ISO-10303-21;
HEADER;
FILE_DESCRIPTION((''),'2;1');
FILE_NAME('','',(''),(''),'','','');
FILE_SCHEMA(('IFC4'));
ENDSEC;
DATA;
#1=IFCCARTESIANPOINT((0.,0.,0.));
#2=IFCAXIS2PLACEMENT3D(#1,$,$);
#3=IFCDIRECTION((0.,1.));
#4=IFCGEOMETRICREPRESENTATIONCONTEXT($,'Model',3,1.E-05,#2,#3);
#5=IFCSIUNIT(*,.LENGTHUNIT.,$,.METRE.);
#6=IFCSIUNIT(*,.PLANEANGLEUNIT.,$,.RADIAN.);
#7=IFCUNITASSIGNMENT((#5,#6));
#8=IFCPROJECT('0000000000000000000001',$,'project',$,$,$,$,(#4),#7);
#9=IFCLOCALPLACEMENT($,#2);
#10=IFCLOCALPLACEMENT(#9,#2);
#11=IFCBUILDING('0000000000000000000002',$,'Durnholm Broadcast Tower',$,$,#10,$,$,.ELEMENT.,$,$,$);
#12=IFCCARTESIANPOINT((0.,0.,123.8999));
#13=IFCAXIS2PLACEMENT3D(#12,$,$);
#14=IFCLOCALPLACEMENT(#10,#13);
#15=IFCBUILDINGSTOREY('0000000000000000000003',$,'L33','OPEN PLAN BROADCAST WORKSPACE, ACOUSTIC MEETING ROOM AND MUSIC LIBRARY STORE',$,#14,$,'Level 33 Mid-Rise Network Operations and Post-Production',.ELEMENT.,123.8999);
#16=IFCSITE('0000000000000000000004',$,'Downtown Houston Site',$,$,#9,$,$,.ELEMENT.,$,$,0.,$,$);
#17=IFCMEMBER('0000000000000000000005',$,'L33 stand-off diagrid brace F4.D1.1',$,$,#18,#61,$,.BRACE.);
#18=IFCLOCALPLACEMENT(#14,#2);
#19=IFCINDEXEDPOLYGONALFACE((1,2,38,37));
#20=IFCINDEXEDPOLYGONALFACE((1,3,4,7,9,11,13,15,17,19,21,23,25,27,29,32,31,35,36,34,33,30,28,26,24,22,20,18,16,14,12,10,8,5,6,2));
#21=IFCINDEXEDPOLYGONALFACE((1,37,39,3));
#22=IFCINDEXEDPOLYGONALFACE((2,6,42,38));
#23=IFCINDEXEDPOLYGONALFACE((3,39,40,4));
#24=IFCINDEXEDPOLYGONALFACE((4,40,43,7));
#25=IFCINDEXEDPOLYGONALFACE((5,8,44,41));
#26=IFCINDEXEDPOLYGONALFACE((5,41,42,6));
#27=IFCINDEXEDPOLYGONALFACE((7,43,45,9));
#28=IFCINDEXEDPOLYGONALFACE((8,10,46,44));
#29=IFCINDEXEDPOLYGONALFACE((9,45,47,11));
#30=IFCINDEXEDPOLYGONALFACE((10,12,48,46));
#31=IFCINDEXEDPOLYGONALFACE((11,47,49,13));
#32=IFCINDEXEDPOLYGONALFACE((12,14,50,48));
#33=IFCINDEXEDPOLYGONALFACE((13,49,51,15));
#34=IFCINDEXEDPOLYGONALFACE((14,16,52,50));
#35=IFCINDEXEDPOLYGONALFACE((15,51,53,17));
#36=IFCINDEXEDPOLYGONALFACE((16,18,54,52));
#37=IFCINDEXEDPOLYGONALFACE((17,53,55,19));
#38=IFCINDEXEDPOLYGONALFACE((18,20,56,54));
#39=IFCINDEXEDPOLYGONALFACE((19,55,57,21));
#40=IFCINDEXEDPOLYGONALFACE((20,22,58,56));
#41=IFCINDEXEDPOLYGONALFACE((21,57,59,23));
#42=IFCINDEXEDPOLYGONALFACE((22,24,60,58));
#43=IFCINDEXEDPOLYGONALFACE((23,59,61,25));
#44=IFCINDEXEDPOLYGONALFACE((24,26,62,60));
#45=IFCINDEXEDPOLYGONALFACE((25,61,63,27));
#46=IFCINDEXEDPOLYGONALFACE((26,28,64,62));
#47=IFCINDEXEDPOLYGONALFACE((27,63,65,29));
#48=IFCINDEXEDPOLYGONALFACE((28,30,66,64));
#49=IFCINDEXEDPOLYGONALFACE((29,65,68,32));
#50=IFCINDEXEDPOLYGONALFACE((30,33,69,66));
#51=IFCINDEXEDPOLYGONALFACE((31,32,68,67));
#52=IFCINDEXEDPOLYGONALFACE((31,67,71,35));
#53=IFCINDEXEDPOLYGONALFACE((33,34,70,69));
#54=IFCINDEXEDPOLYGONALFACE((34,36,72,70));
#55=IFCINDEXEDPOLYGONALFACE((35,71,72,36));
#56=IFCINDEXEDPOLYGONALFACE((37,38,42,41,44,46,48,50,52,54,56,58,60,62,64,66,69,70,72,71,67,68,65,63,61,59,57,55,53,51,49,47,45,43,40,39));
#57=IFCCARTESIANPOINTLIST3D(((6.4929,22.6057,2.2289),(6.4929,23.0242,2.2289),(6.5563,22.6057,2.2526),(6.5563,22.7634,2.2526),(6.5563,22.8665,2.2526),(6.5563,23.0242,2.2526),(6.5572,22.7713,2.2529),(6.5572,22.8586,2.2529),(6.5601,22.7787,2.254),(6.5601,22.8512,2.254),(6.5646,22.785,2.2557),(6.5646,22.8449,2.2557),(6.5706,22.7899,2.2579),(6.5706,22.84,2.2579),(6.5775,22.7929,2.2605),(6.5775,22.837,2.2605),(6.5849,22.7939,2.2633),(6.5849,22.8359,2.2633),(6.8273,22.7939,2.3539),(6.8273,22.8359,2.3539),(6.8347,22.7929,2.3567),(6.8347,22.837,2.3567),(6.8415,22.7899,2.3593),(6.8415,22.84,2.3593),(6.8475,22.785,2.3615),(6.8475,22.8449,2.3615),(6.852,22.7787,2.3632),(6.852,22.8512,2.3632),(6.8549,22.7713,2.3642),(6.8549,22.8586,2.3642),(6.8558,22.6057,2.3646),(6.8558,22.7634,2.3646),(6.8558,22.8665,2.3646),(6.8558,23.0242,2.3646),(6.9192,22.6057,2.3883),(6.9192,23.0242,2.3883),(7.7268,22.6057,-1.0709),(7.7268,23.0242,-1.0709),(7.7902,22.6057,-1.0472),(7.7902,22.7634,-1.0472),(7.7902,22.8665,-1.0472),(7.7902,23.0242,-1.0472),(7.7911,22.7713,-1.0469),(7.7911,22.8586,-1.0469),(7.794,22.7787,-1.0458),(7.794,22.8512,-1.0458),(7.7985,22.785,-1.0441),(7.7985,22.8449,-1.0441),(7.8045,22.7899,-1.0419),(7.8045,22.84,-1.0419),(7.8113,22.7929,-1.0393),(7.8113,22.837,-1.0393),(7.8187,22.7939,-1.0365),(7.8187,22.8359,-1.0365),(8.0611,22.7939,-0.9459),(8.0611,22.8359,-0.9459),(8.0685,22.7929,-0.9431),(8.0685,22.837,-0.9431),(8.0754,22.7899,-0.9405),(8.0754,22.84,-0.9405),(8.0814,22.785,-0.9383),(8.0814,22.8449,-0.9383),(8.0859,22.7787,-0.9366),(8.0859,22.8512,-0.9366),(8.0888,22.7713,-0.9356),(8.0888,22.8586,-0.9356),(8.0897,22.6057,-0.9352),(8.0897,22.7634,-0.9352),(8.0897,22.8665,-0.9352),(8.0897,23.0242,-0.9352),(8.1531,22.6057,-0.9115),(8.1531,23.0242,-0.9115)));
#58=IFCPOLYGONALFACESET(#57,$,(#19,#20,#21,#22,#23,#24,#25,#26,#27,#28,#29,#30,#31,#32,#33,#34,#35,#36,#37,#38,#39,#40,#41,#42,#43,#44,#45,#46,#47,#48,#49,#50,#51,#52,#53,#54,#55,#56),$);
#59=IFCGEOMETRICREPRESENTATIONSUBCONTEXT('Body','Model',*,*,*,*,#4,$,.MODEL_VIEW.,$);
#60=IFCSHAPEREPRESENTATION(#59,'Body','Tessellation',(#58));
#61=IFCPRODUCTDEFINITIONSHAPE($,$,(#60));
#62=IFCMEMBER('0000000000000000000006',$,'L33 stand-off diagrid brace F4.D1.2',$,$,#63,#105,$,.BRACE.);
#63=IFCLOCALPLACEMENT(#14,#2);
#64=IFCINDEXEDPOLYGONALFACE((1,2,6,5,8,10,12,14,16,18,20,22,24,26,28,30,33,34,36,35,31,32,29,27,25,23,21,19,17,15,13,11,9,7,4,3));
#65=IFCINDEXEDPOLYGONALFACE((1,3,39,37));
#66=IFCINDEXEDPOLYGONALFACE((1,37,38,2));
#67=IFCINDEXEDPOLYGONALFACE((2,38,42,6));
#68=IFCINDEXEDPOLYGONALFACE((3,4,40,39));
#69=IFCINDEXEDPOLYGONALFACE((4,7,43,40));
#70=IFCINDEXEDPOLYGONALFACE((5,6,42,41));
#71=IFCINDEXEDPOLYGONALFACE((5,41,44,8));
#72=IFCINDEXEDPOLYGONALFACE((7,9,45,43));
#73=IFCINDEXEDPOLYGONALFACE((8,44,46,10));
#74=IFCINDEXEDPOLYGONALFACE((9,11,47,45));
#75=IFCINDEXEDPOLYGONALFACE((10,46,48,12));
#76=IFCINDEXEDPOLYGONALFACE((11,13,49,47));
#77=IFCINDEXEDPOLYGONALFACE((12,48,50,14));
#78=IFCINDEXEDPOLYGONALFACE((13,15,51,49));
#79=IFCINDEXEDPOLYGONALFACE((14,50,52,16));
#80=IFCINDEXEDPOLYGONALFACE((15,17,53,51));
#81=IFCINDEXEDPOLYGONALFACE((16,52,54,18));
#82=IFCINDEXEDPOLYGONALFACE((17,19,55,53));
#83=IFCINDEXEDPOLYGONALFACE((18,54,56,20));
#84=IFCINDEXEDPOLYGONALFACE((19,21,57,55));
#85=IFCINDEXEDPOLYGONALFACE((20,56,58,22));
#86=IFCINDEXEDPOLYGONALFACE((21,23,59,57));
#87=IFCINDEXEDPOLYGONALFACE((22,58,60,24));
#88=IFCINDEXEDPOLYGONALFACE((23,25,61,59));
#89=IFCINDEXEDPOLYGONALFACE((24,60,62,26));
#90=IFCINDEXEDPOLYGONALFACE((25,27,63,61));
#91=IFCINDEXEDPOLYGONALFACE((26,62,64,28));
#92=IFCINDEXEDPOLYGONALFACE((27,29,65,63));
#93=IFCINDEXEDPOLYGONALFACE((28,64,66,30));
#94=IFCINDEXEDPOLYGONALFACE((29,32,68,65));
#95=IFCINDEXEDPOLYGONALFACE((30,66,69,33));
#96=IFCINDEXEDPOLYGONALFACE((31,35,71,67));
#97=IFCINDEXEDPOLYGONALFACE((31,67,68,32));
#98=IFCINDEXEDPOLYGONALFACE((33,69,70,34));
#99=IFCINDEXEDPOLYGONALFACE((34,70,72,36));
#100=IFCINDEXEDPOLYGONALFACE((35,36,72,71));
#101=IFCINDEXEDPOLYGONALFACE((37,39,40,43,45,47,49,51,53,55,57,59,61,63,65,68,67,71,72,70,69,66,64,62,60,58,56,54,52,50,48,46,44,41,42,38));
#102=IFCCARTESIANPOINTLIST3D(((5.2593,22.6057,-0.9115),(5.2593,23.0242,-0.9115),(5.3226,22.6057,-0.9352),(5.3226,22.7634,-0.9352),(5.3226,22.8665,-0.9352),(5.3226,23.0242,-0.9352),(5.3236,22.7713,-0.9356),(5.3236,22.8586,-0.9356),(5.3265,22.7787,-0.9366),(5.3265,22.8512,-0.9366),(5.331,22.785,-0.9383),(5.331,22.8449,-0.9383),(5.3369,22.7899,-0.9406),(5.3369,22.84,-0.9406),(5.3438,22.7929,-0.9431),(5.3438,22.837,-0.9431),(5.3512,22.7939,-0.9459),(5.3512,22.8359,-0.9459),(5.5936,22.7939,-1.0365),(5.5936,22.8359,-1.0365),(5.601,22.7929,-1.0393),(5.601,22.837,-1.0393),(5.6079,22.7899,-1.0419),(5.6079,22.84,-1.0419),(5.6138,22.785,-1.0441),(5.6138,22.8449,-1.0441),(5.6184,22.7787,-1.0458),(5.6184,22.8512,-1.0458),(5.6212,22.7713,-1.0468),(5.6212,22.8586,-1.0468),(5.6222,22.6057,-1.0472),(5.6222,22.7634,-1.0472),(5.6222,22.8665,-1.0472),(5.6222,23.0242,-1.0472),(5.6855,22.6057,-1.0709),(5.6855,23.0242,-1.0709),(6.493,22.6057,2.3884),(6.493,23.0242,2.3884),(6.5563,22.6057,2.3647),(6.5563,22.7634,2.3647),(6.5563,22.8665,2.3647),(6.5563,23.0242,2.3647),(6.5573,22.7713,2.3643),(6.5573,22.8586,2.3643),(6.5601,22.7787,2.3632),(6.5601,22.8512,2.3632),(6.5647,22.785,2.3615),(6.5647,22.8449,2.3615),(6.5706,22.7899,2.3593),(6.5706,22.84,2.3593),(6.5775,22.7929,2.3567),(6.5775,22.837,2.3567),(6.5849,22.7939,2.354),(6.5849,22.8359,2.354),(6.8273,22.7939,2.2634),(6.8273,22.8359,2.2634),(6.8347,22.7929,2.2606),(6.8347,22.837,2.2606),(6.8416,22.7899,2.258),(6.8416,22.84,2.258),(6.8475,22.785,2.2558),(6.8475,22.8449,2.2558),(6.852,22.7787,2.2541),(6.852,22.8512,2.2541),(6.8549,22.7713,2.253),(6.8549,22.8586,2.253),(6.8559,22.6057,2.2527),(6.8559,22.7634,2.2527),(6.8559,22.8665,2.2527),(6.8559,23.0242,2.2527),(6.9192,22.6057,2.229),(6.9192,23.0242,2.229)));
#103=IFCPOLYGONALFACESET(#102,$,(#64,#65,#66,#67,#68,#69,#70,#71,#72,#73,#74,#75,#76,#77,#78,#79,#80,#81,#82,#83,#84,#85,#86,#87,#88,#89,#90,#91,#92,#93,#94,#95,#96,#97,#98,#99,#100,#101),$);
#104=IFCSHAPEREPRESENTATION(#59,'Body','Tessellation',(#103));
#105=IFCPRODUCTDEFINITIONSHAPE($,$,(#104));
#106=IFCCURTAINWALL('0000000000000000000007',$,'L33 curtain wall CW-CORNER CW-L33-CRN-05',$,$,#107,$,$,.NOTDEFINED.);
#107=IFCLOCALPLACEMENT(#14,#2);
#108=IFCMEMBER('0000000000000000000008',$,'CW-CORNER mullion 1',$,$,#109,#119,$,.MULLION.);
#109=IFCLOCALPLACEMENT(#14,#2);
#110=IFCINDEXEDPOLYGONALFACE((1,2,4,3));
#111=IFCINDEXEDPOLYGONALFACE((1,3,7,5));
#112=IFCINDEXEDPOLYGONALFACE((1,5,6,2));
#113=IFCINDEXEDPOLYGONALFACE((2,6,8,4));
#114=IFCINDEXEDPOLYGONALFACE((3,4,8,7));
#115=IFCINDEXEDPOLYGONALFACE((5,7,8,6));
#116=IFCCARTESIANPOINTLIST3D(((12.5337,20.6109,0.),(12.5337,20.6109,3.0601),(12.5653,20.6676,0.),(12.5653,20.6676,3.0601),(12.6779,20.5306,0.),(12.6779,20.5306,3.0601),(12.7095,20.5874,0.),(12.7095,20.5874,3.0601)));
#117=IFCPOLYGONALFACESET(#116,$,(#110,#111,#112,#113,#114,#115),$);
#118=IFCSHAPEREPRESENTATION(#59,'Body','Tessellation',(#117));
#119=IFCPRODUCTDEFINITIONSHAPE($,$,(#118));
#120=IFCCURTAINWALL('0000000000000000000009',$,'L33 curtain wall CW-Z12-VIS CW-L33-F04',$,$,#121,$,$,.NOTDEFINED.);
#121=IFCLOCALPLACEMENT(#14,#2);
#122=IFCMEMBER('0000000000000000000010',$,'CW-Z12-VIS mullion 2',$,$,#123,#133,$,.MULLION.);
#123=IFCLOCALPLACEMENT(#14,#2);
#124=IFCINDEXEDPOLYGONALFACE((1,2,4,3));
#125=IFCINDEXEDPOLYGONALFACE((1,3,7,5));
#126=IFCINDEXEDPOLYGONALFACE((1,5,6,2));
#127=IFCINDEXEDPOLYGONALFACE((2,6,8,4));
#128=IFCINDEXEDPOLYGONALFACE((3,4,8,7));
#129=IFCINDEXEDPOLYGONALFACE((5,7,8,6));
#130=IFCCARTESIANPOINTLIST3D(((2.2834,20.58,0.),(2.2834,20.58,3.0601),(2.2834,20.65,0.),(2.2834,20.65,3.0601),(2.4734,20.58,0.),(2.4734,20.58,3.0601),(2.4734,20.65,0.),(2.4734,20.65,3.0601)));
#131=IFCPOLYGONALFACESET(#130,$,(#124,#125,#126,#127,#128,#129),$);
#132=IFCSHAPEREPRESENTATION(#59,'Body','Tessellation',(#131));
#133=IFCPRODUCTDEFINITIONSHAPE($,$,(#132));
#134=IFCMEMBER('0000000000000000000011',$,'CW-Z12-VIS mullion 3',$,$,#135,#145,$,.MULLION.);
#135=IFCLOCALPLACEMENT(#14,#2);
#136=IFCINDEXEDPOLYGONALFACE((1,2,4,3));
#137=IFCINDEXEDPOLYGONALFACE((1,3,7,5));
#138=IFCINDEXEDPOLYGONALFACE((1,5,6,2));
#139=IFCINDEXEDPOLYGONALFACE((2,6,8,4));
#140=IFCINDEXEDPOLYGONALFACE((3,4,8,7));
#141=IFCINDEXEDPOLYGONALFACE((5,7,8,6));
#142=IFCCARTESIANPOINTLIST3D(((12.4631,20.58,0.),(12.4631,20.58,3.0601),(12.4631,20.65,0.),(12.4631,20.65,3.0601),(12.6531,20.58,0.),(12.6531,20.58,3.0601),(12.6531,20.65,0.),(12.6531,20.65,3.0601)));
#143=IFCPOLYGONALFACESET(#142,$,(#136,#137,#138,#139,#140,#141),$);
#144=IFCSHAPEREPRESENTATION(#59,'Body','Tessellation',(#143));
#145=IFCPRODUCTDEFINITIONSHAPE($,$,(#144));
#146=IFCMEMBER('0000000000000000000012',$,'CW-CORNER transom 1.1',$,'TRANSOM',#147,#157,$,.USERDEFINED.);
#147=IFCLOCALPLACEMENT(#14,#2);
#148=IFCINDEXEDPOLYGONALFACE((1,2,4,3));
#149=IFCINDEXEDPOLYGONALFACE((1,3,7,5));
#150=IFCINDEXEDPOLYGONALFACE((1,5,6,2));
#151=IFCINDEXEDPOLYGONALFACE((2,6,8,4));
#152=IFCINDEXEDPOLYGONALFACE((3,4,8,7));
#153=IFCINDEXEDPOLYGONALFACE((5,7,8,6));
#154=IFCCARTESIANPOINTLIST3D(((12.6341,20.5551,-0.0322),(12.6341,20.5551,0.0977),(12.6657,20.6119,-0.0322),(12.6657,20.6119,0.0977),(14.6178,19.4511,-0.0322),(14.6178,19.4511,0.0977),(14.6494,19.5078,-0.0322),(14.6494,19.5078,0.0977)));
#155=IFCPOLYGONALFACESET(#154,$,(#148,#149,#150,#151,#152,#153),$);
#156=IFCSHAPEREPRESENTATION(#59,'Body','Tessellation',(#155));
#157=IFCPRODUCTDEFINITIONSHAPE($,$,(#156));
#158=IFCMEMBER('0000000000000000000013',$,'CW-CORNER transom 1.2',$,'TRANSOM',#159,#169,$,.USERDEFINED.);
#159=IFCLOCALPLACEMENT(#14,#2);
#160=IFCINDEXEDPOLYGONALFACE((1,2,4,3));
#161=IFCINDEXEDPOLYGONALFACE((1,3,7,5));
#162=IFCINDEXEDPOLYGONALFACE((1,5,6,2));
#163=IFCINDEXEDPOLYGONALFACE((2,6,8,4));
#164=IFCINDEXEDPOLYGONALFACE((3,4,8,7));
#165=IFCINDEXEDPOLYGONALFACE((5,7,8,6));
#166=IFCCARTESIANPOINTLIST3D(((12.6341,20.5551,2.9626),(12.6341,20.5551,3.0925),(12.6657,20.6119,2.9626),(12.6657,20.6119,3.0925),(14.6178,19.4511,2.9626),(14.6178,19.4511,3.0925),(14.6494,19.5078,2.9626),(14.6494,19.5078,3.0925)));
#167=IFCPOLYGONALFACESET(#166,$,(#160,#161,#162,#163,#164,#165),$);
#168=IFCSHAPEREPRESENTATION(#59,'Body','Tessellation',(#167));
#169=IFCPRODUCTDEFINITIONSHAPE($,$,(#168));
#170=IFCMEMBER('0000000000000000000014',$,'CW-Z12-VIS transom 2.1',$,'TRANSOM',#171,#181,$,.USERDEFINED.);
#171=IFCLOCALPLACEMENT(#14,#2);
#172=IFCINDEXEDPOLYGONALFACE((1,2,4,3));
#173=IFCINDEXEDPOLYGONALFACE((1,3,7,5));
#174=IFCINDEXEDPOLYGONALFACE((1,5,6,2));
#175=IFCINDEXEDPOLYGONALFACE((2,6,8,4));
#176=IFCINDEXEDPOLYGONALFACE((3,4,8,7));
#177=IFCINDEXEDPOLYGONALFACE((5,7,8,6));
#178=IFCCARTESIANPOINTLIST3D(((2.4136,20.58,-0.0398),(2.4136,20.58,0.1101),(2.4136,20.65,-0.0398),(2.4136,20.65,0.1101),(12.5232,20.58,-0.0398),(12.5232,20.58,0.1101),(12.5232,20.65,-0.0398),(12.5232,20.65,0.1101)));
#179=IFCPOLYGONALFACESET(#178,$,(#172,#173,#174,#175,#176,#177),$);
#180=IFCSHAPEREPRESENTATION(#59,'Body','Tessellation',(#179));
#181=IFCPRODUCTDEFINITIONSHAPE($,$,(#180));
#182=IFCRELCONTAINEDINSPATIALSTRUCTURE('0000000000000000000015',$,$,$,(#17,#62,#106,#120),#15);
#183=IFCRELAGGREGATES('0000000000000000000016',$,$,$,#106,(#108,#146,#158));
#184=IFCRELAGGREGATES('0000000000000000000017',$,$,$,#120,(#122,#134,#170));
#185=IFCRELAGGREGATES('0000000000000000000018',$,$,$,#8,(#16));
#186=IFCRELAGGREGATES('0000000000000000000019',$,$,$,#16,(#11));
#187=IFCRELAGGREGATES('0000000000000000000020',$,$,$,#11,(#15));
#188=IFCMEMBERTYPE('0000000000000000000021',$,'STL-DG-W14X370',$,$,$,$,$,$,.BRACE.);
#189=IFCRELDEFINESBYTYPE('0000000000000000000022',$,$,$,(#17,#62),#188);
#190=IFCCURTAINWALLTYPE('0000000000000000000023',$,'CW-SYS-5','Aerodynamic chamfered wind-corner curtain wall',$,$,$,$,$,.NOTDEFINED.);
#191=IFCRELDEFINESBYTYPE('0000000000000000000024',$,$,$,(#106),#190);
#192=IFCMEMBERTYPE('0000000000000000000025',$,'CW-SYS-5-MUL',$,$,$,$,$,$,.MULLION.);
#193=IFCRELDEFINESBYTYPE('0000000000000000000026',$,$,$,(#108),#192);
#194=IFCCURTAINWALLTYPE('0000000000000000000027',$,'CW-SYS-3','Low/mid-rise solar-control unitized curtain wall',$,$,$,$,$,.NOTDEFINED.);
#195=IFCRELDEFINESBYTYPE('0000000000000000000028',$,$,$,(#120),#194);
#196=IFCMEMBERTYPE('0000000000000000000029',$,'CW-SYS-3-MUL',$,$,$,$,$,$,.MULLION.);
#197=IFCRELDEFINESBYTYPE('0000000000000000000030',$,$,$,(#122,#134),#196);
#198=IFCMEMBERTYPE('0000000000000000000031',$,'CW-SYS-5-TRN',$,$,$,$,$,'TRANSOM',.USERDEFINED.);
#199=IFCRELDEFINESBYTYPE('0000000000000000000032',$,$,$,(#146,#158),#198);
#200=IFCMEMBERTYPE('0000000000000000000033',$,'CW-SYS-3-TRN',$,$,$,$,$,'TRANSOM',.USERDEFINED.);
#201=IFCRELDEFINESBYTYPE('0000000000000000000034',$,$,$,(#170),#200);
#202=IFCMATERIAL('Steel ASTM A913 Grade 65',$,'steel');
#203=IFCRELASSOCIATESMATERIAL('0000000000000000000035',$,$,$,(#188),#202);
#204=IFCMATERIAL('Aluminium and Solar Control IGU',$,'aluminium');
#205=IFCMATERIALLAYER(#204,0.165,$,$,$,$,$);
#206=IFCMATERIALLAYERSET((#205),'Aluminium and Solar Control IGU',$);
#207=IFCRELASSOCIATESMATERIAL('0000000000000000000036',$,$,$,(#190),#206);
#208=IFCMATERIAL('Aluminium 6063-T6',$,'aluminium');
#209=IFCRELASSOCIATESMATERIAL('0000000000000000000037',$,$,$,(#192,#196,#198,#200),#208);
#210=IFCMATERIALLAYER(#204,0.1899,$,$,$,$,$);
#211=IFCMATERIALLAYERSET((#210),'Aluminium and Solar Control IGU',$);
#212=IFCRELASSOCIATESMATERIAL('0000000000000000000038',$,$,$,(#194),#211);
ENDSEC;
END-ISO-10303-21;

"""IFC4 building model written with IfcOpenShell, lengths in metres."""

from ifc_helpers import new_model, si_unit, direction, frame, origin, origin_2d, place, context, subcontext, project, spatial, rectangle, i_section, extrude, source, transform, mapped, material, layer, layer_set, material_profile, profile_set, type_object, type_shapes, element, aggregate, save


model = new_model("IFC4")

# Units and contexts
model_context = context("Model", 3, precision=1e-05, world=origin(), true_north=direction((0.0, 1.0)))
body_context = subcontext(model_context, "Body", "Model", "MODEL_VIEW")
ifc_project = project(units=[si_unit("LENGTHUNIT", "METRE"), si_unit("PLANEANGLEUNIT", "RADIAN")], contexts=[model_context])

# Site, building, storey
site_placement = place(None, origin())
site = spatial("IfcSite", under=ifc_project, at=site_placement, Name="Downtown Houston Site", CompositionType="ELEMENT", RefElevation=0.0)
building_placement = place(site_placement, origin())
building = spatial("IfcBuilding", under=site, at=building_placement, Name="Durnholm Broadcast Tower", CompositionType="ELEMENT")
storey_placement = place(building_placement, frame((0.0, 0.0, 123.8999)))
storey = spatial("IfcBuildingStorey", under=building, at=storey_placement, Name="L33", Description="OPEN PLAN BROADCAST WORKSPACE, ACOUSTIC MEETING ROOM AND MUSIC LIBRARY STORE", LongName="Level 33 Mid-Rise Network Operations and Post-Production", CompositionType="ELEMENT", Elevation=123.8999)

# Members
ifc_material_1 = material(Name="Steel ASTM A913 Grade 65", Category="steel")
ifc_material_profile_1 = material_profile(ifc_material_1, i_section(OverallWidth=0.4185, OverallDepth=0.4551, WebThickness=0.042, FlangeThickness=0.0676, FilletRadius=0.0305, at=origin_2d()), Name="W14X370")
ifc_profile_set_1 = profile_set([ifc_material_profile_1], Name="Steel ASTM A913 Grade 65")
member_type_1 = type_object("IfcMemberType", Name="STL-DG-W14X370", PredefinedType="BRACE", material=ifc_profile_set_1)
shared_shape_1 = source(origin(), body_context, "Body", "SweptSolid", [
    extrude(i_section(OverallWidth=0.4185, OverallDepth=0.4551, WebThickness=0.042, FlangeThickness=0.0676, FilletRadius=0.0305, at=origin_2d()), origin(), (0.0, 0.0, 1.0), 3.5229),
])
type_shapes(member_type_1, [shared_shape_1])
for number, where, z_axis, x_axis, name in (
    (1, (7.9399, 22.8149, -0.9912), (-0.350242, 0.0, 0.936659), (0.0, -1.0, 0.0), "L33 stand-off diagrid brace F4.D1.1"),
    (2, (5.4724, 22.8149, -0.9912), (0.350182, 0.0, 0.936682), (0.0, 1.0, 0.0), "L33 stand-off diagrid brace F4.D1.2"),
):
    element("IfcMember", number, at=place(storey_placement, frame(where, z_axis=z_axis, x_axis=x_axis)), inside=storey, type_object=member_type_1, Name=name, PredefinedType="BRACE", context=body_context, shape_type="MappedRepresentation", body=[
        mapped(shared_shape_1, transform((0.0, 0.0, 0.0), x_axis=(1.0, 0.0, 0.0), y_axis=(0.0, 1.0, 0.0), z_axis=(0.0, 0.0, 1.0), scale=1.0)),
    ])

# Curtain wall, member
ifc_material_2 = material(Name="Aluminium and Solar Control IGU", Category="aluminium")
ifc_layer_1 = layer(ifc_material_2, 0.165)
ifc_layer_set_1 = layer_set([ifc_layer_1], Name="Aluminium and Solar Control IGU")
curtain_wall_type_1 = type_object("IfcCurtainWallType", Name="CW-SYS-5", Description="Aerodynamic chamfered wind-corner curtain wall", PredefinedType="NOTDEFINED", material=ifc_layer_set_1)
curtain_wall_1_placement = place(storey_placement, origin())
curtain_wall_1 = element("IfcCurtainWall", 3, at=curtain_wall_1_placement, inside=storey, type_object=curtain_wall_type_1, Name="L33 curtain wall CW-CORNER CW-L33-CRN-05", PredefinedType="NOTDEFINED")
ifc_material_3 = material(Name="Aluminium 6063-T6", Category="aluminium")
ifc_material_profile_2 = material_profile(ifc_material_3, rectangle(XDim=0.0649, YDim=0.165, at=origin_2d()), Name="CWM65X165")
ifc_profile_set_2 = profile_set([ifc_material_profile_2], Name="Aluminium 6063-T6")
member_type_2 = type_object("IfcMemberType", Name="CW-SYS-5-MUL", PredefinedType="MULLION", material=ifc_profile_set_2)
shared_shape_2 = source(origin(), body_context, "Body", "SweptSolid", [
    extrude(rectangle(XDim=0.0649, YDim=0.165, at=origin_2d()), origin(), (0.0, 0.0, 1.0), 3.0601),
])
type_shapes(member_type_2, [shared_shape_2])
member_1_placement = place(storey_placement, frame((12.6216, 20.5991, 0.0), z_axis=(0.0, 0.0, 1.0), x_axis=(0.486244, 0.873823, 0.0)))
member_1 = element("IfcMember", 4, at=member_1_placement, type_object=member_type_2, Name="CW-CORNER mullion 1", PredefinedType="MULLION", context=body_context, shape_type="MappedRepresentation", body=[
    mapped(shared_shape_2, transform((0.0, 0.0, 0.0), x_axis=(1.0, 0.0, 0.0), y_axis=(0.0, 1.0, 0.0), z_axis=(0.0, 0.0, 1.0), scale=1.0)),
])

# Curtain wall, members
ifc_layer_2 = layer(ifc_material_2, 0.1899)
ifc_layer_set_2 = layer_set([ifc_layer_2], Name="Aluminium and Solar Control IGU")
curtain_wall_type_2 = type_object("IfcCurtainWallType", Name="CW-SYS-3", Description="Low/mid-rise solar-control unitized curtain wall", PredefinedType="NOTDEFINED", material=ifc_layer_set_2)
curtain_wall_2_placement = place(storey_placement, origin())
curtain_wall_2 = element("IfcCurtainWall", 5, at=curtain_wall_2_placement, inside=storey, type_object=curtain_wall_type_2, Name="L33 curtain wall CW-Z12-VIS CW-L33-F04", PredefinedType="NOTDEFINED")
ifc_material_profile_3 = material_profile(ifc_material_3, rectangle(XDim=0.0701, YDim=0.1899, at=origin_2d()), Name="CWM70X190")
ifc_profile_set_3 = profile_set([ifc_material_profile_3], Name="Aluminium 6063-T6")
member_type_3 = type_object("IfcMemberType", Name="CW-SYS-3-MUL", PredefinedType="MULLION", material=ifc_profile_set_3)
shared_shape_3 = source(origin(), body_context, "Body", "SweptSolid", [
    extrude(rectangle(XDim=0.0701, YDim=0.1899, at=origin_2d()), origin(), (0.0, 0.0, 1.0), 3.0601),
])
type_shapes(member_type_3, [shared_shape_3])
member_2_placement = place(storey_placement, frame((2.3784, 20.615, 0.0), z_axis=(0.0, 0.0, 1.0), x_axis=(0.0, 1.0, 0.0)))
member_2 = element("IfcMember", 6, at=member_2_placement, type_object=member_type_3, Name="CW-Z12-VIS mullion 2", PredefinedType="MULLION", context=body_context, shape_type="MappedRepresentation", body=[
    mapped(shared_shape_3, transform((0.0, 0.0, 0.0), x_axis=(1.0, 0.0, 0.0), y_axis=(0.0, 1.0, 0.0), z_axis=(0.0, 0.0, 1.0), scale=1.0)),
])
member_3_placement = place(storey_placement, frame((12.5581, 20.615, 0.0), z_axis=(0.0, 0.0, 1.0), x_axis=(0.0, 1.0, 0.0)))
member_3 = element("IfcMember", 7, at=member_3_placement, type_object=member_type_3, Name="CW-Z12-VIS mullion 3", PredefinedType="MULLION", context=body_context, shape_type="MappedRepresentation", body=[
    mapped(shared_shape_3, transform((0.0, 0.0, 0.0), x_axis=(1.0, 0.0, 0.0), y_axis=(0.0, 1.0, 0.0), z_axis=(0.0, 0.0, 1.0), scale=1.0)),
])

# Members
ifc_material_profile_4 = material_profile(ifc_material_3, rectangle(XDim=0.0649, YDim=0.1299, at=origin_2d()), Name="CWT65X130")
ifc_profile_set_4 = profile_set([ifc_material_profile_4], Name="Aluminium 6063-T6")
member_type_4 = type_object("IfcMemberType", Name="CW-SYS-5-TRN", ElementType="TRANSOM", PredefinedType="USERDEFINED", material=ifc_profile_set_4)
shared_shape_4 = source(origin(), body_context, "Body", "SweptSolid", [
    extrude(rectangle(XDim=0.0649, YDim=0.1299, at=origin_2d()), origin(), (0.0, 0.0, 1.0), 2.2703),
])
type_shapes(member_type_4, [shared_shape_4])
member_4_placement = place(storey_placement, frame((12.6499, 20.5835, 0.0327), z_axis=(0.873787, -0.486309, 0.0), x_axis=(0.486309, 0.873787, 0.0)))
member_4 = element("IfcMember", 8, at=member_4_placement, type_object=member_type_4, Name="CW-CORNER transom 1.1", ObjectType="TRANSOM", PredefinedType="USERDEFINED", context=body_context, shape_type="MappedRepresentation", body=[
    mapped(shared_shape_4, transform((0.0, 0.0, 0.0), x_axis=(1.0, 0.0, 0.0), y_axis=(0.0, 1.0, 0.0), z_axis=(0.0, 0.0, 1.0), scale=1.0)),
])
member_5_placement = place(storey_placement, frame((12.6499, 20.5835, 3.0276), z_axis=(0.873787, -0.486309, 0.0), x_axis=(0.486309, 0.873787, 0.0)))
member_5 = element("IfcMember", 9, at=member_5_placement, type_object=member_type_4, Name="CW-CORNER transom 1.2", ObjectType="TRANSOM", PredefinedType="USERDEFINED", context=body_context, shape_type="MappedRepresentation", body=[
    mapped(shared_shape_4, transform((0.0, 0.0, 0.0), x_axis=(1.0, 0.0, 0.0), y_axis=(0.0, 1.0, 0.0), z_axis=(0.0, 0.0, 1.0), scale=1.0)),
])
aggregate(curtain_wall_1, [member_1, member_4, member_5])
ifc_material_profile_5 = material_profile(ifc_material_3, rectangle(XDim=0.0701, YDim=0.1499, at=origin_2d()), Name="CWT70X150")
ifc_profile_set_5 = profile_set([ifc_material_profile_5], Name="Aluminium 6063-T6")
member_type_5 = type_object("IfcMemberType", Name="CW-SYS-3-TRN", ElementType="TRANSOM", PredefinedType="USERDEFINED", material=ifc_profile_set_5)
shared_shape_5 = source(origin(), body_context, "Body", "SweptSolid", [
    extrude(rectangle(XDim=0.0701, YDim=0.1499, at=origin_2d()), origin(), (0.0, 0.0, 1.0), 10.1096),
])
type_shapes(member_type_5, [shared_shape_5])
member_6_placement = place(storey_placement, frame((2.4136, 20.615, 0.0352), z_axis=(1.0, 0.0, 0.0), x_axis=(0.0, 1.0, 0.0)))
member_6 = element("IfcMember", 10, at=member_6_placement, type_object=member_type_5, Name="CW-Z12-VIS transom 2.1", ObjectType="TRANSOM", PredefinedType="USERDEFINED", context=body_context, shape_type="MappedRepresentation", body=[
    mapped(shared_shape_5, transform((0.0, 0.0, 0.0), x_axis=(1.0, 0.0, 0.0), y_axis=(0.0, 1.0, 0.0), z_axis=(0.0, 0.0, 1.0), scale=1.0)),
])

aggregate(curtain_wall_2, [member_2, member_3, member_6])

save(model, "model.ifc")
